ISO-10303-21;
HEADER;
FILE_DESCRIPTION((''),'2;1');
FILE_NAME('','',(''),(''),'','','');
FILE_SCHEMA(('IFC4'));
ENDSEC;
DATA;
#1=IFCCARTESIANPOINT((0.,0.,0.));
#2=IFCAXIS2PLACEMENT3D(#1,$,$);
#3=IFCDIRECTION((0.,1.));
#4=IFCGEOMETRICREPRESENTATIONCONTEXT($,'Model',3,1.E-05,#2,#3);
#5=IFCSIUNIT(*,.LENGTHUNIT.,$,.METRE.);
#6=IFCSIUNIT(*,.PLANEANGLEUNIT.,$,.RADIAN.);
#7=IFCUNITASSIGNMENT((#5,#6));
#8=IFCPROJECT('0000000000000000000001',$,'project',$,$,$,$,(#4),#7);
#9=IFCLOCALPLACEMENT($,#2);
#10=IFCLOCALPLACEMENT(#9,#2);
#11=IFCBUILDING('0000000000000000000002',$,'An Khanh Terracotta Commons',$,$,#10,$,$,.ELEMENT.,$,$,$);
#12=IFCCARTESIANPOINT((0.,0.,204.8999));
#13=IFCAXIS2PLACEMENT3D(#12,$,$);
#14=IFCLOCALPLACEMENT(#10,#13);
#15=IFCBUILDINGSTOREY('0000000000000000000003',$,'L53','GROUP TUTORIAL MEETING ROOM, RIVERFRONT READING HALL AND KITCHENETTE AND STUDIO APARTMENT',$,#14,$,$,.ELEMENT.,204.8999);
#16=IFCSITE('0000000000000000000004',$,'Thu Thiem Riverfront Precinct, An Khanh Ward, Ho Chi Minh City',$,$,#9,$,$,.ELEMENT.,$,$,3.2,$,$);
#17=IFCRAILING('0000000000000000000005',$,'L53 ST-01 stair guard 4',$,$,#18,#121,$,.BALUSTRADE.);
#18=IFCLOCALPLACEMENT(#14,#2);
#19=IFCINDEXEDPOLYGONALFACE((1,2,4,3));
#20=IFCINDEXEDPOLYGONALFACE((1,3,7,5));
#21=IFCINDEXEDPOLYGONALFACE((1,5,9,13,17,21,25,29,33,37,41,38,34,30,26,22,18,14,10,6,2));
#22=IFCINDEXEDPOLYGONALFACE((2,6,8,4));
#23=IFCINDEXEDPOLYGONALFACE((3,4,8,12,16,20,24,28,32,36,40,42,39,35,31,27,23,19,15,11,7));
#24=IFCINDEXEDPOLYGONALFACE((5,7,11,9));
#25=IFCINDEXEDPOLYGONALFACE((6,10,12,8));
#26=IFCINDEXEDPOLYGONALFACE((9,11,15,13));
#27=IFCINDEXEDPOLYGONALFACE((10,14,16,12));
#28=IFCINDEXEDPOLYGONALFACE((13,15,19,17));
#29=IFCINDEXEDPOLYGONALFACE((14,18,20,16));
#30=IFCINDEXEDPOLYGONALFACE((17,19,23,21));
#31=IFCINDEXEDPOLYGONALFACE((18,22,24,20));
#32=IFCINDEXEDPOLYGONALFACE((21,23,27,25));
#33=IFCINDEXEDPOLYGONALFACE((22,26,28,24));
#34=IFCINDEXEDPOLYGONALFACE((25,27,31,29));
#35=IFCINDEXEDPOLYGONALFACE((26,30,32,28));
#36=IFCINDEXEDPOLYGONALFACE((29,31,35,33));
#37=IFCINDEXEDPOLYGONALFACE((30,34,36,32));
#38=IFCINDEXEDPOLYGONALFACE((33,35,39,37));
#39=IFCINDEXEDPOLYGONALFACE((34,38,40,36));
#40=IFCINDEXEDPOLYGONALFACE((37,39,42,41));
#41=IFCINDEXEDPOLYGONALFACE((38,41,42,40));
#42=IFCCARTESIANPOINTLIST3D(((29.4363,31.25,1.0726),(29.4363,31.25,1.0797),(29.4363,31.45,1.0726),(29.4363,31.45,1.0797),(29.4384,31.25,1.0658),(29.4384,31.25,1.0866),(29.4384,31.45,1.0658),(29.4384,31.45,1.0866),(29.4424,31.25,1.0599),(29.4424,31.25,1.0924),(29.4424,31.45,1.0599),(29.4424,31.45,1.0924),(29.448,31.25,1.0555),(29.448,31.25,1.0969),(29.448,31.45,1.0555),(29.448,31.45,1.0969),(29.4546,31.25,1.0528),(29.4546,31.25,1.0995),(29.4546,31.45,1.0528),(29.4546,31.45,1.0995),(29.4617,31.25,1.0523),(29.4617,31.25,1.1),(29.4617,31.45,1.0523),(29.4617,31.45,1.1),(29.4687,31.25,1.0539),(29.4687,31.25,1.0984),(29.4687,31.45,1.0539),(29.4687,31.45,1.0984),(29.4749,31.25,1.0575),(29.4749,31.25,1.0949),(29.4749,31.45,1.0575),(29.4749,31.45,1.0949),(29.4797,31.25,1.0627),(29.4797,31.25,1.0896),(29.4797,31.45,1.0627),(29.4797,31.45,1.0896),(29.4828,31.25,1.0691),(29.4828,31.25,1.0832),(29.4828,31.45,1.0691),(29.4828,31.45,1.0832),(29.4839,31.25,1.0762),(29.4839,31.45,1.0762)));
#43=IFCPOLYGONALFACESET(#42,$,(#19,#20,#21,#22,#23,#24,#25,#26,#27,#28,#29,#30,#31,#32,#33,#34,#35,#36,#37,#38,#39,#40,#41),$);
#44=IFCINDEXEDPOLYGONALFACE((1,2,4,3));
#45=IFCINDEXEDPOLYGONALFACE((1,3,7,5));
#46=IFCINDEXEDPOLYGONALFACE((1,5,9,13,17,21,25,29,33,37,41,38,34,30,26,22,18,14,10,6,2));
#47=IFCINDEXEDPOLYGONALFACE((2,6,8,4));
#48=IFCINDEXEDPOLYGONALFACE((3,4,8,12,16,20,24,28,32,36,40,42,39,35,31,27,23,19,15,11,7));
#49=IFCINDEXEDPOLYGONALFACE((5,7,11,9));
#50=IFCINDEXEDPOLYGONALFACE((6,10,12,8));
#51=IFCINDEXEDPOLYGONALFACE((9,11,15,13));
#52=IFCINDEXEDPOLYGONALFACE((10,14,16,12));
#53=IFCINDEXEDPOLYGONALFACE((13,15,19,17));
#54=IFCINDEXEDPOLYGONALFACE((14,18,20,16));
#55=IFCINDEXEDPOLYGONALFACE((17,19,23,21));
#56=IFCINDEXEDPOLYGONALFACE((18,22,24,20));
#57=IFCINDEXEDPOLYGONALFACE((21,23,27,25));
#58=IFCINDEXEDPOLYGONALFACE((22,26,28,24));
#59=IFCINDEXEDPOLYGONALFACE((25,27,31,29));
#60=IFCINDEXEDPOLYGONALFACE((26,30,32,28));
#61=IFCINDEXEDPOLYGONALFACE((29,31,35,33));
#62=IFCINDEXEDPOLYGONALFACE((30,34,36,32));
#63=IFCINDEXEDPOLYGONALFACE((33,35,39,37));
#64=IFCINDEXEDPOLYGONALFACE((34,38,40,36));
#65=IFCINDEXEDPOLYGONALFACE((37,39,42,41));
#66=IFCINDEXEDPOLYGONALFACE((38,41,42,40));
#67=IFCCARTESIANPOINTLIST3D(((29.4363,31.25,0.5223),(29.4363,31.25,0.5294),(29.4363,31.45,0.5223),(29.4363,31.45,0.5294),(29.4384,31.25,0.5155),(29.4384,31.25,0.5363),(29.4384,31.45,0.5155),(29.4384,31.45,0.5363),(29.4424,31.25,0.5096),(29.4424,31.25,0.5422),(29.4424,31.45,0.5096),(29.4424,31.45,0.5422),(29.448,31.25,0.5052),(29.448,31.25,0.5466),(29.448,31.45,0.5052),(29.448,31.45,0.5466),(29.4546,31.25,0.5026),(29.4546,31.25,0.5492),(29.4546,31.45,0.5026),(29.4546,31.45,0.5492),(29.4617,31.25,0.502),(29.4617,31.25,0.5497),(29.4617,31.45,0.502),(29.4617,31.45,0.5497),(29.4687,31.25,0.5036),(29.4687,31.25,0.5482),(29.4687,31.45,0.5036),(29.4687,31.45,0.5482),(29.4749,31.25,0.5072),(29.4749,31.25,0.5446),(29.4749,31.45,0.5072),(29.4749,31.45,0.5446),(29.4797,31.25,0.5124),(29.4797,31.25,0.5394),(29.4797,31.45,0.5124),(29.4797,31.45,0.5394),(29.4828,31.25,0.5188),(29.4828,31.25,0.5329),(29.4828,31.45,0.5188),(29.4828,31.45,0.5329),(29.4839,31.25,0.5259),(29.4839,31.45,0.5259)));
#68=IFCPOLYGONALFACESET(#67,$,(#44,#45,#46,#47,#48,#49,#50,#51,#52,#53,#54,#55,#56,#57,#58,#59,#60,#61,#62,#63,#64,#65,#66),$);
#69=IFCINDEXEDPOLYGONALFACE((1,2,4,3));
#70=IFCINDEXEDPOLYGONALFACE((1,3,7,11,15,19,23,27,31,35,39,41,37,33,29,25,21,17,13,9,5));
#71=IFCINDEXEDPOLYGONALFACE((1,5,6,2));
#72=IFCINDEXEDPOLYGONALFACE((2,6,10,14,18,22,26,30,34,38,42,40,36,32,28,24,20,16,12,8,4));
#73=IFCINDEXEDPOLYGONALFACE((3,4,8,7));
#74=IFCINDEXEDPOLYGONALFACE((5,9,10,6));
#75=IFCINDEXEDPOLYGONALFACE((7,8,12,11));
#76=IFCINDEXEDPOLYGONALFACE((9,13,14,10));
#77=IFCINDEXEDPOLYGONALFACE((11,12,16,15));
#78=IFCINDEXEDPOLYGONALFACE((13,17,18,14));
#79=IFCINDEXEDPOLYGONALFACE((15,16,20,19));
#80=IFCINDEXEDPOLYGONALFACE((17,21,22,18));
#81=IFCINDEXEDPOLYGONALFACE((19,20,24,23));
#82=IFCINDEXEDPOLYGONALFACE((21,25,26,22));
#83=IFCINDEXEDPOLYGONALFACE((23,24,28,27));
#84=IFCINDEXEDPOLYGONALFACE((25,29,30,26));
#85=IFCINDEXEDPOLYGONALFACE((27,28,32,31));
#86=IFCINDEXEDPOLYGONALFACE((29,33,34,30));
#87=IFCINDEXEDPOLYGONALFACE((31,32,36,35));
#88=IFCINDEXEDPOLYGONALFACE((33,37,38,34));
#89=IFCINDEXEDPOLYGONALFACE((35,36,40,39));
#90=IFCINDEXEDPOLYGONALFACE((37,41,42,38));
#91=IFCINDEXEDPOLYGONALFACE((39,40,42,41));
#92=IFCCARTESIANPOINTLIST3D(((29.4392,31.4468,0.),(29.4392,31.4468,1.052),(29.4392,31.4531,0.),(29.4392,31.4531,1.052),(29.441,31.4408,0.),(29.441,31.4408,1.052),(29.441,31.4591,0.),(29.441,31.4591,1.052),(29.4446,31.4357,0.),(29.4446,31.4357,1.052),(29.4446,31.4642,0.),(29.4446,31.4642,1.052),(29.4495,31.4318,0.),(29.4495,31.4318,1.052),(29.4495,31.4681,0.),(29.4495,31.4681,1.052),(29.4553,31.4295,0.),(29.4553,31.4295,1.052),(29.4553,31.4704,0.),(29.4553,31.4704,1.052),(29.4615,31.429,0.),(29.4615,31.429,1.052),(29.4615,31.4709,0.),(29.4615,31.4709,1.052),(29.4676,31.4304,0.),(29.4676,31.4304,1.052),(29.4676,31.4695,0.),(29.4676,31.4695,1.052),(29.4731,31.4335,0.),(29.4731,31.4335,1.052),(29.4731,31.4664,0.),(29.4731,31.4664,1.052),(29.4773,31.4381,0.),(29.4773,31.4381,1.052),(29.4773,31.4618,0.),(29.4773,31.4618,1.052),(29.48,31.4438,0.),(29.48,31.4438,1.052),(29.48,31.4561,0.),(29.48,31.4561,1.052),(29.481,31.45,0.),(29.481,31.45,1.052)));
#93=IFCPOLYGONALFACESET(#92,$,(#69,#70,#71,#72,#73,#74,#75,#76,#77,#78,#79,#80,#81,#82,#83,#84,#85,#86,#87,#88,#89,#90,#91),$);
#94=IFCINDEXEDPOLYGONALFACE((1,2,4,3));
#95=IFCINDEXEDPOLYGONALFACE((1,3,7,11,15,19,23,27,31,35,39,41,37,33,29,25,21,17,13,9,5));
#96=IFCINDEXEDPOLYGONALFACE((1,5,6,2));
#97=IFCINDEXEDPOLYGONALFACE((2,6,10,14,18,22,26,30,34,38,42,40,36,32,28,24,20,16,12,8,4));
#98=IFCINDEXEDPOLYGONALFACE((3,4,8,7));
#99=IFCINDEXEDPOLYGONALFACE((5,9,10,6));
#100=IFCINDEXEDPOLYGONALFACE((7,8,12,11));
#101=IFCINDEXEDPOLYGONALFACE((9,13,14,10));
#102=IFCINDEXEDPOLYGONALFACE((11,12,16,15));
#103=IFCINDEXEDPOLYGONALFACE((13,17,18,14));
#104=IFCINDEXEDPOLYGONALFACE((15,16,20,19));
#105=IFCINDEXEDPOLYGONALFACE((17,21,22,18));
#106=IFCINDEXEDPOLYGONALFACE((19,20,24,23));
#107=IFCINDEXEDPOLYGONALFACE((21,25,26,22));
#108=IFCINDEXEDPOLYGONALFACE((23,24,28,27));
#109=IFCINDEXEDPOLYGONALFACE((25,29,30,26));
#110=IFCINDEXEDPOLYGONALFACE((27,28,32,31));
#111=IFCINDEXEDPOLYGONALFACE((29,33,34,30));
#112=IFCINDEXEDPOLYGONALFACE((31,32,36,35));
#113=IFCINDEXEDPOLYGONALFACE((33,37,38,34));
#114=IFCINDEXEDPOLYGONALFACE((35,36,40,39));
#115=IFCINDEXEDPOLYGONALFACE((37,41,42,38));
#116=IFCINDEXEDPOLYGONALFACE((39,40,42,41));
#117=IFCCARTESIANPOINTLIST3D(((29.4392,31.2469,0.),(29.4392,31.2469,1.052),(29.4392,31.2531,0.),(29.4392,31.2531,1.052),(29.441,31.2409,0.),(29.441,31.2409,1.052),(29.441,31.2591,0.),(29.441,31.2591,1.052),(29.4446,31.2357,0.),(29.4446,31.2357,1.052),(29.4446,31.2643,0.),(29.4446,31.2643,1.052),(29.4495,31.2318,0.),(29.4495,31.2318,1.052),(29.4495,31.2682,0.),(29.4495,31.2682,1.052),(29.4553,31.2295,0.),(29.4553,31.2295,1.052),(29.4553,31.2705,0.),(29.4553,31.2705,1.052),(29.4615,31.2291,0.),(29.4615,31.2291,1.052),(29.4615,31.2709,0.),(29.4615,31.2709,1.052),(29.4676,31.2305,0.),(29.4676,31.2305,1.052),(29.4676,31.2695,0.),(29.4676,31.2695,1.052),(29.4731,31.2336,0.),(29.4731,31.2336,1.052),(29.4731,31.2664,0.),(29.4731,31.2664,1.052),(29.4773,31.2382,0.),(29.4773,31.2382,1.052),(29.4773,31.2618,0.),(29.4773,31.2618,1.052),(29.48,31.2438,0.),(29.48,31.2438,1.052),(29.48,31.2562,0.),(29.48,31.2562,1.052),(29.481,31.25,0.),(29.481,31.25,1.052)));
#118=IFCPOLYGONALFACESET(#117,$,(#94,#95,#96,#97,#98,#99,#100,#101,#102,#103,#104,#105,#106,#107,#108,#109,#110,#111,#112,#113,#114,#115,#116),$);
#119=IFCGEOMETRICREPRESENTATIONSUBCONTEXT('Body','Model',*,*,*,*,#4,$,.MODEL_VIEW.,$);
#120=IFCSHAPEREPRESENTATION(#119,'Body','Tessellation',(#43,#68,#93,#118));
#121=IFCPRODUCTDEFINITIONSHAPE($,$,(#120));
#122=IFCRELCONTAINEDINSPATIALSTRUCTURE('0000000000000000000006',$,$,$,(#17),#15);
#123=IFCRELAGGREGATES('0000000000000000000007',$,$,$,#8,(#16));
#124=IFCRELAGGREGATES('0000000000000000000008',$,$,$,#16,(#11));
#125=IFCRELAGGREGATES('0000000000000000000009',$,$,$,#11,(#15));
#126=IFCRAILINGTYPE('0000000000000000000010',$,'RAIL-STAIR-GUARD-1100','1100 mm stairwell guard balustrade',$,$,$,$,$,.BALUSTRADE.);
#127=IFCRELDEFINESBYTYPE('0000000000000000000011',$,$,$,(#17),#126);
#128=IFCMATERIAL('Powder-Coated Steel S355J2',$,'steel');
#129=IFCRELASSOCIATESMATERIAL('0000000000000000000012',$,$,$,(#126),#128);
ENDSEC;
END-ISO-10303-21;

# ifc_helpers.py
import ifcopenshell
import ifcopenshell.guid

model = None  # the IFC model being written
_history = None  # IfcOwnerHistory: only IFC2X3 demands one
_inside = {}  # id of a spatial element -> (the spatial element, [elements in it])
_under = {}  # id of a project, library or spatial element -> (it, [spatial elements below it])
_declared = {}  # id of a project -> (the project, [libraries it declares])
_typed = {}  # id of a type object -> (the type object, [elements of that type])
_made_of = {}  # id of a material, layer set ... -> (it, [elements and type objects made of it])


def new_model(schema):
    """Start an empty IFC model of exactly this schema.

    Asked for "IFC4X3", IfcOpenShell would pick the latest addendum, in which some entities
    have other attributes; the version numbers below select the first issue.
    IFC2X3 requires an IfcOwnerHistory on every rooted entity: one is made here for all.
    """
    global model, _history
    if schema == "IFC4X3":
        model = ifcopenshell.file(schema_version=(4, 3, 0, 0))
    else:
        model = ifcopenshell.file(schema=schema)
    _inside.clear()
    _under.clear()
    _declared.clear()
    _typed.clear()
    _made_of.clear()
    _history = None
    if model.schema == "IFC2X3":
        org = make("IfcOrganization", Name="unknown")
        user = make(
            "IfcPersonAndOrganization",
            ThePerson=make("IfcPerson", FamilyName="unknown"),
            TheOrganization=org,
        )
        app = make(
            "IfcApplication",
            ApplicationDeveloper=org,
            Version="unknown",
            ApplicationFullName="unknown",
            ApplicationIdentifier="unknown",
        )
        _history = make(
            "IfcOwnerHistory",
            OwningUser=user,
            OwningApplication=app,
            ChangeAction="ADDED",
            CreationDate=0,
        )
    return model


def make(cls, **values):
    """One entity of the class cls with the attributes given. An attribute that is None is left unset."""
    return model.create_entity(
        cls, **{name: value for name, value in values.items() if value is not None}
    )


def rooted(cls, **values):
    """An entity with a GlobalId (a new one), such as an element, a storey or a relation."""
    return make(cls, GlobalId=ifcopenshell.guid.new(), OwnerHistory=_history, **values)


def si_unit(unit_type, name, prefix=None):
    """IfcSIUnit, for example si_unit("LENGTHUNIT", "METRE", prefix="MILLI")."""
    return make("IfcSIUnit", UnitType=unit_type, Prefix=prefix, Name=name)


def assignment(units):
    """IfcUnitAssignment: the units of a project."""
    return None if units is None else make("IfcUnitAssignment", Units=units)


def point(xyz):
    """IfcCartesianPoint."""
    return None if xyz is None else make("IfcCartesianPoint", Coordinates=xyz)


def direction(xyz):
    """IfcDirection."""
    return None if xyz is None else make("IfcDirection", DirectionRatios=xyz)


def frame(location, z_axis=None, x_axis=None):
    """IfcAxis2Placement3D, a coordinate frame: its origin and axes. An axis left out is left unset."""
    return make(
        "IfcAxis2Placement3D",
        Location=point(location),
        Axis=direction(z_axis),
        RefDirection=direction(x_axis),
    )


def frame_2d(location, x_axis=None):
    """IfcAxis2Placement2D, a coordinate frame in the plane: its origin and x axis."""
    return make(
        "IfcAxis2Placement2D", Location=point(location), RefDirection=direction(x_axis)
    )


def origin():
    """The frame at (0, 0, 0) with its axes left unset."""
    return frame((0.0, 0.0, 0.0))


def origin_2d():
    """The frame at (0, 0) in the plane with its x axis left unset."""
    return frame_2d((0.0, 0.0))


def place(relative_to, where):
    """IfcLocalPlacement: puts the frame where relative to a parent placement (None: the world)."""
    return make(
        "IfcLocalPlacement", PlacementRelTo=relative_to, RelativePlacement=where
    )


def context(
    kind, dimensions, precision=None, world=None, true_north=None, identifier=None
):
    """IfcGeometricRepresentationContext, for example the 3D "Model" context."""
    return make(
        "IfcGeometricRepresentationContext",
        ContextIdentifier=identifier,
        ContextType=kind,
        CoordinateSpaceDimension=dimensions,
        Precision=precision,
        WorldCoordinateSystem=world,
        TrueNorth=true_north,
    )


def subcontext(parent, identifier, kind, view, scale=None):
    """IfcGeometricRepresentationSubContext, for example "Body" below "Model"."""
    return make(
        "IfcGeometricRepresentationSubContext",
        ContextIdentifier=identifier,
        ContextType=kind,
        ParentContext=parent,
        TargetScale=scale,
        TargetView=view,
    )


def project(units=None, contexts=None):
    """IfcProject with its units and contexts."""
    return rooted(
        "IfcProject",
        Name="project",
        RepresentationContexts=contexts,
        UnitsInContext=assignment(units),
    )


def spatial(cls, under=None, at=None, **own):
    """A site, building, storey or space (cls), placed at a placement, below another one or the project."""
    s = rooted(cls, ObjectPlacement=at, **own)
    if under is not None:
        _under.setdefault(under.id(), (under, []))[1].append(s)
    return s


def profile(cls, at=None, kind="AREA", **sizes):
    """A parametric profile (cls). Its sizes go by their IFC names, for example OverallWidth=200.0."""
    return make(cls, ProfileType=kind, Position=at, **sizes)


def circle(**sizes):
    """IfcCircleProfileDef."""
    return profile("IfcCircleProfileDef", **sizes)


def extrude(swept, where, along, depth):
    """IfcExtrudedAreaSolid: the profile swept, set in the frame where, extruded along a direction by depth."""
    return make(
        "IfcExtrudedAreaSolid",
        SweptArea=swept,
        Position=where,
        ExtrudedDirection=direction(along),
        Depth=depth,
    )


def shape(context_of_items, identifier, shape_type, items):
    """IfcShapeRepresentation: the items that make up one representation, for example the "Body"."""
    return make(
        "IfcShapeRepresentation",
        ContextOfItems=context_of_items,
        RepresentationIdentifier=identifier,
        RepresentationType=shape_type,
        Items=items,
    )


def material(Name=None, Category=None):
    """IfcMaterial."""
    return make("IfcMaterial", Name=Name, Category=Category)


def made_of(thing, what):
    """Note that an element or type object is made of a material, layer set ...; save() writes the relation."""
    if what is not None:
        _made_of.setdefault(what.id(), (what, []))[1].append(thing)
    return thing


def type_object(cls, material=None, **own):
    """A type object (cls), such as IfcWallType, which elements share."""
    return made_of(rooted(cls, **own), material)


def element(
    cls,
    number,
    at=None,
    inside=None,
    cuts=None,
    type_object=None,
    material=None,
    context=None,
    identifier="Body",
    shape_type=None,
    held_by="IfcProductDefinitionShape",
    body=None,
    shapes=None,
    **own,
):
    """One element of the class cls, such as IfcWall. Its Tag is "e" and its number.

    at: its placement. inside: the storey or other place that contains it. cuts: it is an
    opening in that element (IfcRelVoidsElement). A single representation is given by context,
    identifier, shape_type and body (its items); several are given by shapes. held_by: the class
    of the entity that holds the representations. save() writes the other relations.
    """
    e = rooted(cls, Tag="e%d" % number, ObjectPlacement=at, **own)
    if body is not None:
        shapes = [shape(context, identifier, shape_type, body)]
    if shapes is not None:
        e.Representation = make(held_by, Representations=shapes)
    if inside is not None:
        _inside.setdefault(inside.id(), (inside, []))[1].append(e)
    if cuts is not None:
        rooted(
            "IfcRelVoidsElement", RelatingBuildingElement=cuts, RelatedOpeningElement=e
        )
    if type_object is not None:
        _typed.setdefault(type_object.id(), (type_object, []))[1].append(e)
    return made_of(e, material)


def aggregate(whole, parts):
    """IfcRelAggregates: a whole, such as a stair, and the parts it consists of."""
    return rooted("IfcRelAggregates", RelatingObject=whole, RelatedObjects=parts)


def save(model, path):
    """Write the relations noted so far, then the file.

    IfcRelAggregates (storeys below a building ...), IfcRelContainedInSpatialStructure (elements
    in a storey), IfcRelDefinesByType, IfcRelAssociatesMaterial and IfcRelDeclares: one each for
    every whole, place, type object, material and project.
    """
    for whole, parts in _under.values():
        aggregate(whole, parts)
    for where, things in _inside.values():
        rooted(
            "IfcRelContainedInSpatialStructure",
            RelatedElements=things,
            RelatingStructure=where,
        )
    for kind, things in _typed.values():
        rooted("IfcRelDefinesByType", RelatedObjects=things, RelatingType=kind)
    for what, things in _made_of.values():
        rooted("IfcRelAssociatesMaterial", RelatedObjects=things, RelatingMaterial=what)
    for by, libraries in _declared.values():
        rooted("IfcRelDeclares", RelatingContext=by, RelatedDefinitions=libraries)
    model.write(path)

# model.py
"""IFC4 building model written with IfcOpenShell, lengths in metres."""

from ifc_helpers import new_model, si_unit, direction, frame, origin, origin_2d, place, context, subcontext, project, spatial, circle, extrude, material, type_object, element, save


model = new_model("IFC4")

# Units and contexts
model_context = context("Model", 3, precision=1e-05, world=origin(), true_north=direction((0.0, 1.0)))
body_context = subcontext(model_context, "Body", "Model", "MODEL_VIEW")
ifc_project = project(units=[si_unit("LENGTHUNIT", "METRE"), si_unit("PLANEANGLEUNIT", "RADIAN")], contexts=[model_context])

# Site, building, storey
site_placement = place(None, origin())
site = spatial("IfcSite", under=ifc_project, at=site_placement, Name="Thu Thiem Riverfront Precinct, An Khanh Ward, Ho Chi Minh City", CompositionType="ELEMENT", RefElevation=3.2)
building_placement = place(site_placement, origin())
building = spatial("IfcBuilding", under=site, at=building_placement, Name="An Khanh Terracotta Commons", CompositionType="ELEMENT")
storey_placement = place(building_placement, frame((0.0, 0.0, 204.8999)))
storey = spatial("IfcBuildingStorey", under=building, at=storey_placement, Name="L53", Description="GROUP TUTORIAL MEETING ROOM, RIVERFRONT READING HALL AND KITCHENETTE AND STUDIO APARTMENT", CompositionType="ELEMENT", Elevation=204.8999)

# Railing
ifc_material_1 = material(Name="Powder-Coated Steel S355J2", Category="steel")
railing_type_1 = type_object("IfcRailingType", Name="RAIL-STAIR-GUARD-1100", Description="1100 mm stairwell guard balustrade", PredefinedType="BALUSTRADE", material=ifc_material_1)
railing_1_placement = place(storey_placement, frame((29.46, 31.45, 0.0)))
element("IfcRailing", 1, at=railing_1_placement, inside=storey, type_object=railing_type_1, Name="L53 ST-01 stair guard 4", PredefinedType="BALUSTRADE", context=body_context, shape_type="SweptSolid", body=[
    extrude(circle(Radius=0.0239, at=origin_2d()), frame((0.0, 0.0, 1.0762), z_axis=(0.0, -1.0, 0.0), x_axis=(1.0, 0.0, 0.0)), (0.0, 0.0, 1.0), 0.2),
    extrude(circle(Radius=0.0239, at=origin_2d()), frame((0.0, 0.0, 0.5259), z_axis=(0.0, -1.0, 0.0), x_axis=(1.0, 0.0, 0.0)), (0.0, 0.0, 1.0), 0.2),
    extrude(circle(Radius=0.021, at=origin_2d()), origin(), (0.0, 0.0, 1.0), 1.052),
    extrude(circle(Radius=0.021, at=origin_2d()), frame((0.0, -0.2, 0.0)), (0.0, 0.0, 1.0), 1.052),
])

save(model, "model.ifc")
